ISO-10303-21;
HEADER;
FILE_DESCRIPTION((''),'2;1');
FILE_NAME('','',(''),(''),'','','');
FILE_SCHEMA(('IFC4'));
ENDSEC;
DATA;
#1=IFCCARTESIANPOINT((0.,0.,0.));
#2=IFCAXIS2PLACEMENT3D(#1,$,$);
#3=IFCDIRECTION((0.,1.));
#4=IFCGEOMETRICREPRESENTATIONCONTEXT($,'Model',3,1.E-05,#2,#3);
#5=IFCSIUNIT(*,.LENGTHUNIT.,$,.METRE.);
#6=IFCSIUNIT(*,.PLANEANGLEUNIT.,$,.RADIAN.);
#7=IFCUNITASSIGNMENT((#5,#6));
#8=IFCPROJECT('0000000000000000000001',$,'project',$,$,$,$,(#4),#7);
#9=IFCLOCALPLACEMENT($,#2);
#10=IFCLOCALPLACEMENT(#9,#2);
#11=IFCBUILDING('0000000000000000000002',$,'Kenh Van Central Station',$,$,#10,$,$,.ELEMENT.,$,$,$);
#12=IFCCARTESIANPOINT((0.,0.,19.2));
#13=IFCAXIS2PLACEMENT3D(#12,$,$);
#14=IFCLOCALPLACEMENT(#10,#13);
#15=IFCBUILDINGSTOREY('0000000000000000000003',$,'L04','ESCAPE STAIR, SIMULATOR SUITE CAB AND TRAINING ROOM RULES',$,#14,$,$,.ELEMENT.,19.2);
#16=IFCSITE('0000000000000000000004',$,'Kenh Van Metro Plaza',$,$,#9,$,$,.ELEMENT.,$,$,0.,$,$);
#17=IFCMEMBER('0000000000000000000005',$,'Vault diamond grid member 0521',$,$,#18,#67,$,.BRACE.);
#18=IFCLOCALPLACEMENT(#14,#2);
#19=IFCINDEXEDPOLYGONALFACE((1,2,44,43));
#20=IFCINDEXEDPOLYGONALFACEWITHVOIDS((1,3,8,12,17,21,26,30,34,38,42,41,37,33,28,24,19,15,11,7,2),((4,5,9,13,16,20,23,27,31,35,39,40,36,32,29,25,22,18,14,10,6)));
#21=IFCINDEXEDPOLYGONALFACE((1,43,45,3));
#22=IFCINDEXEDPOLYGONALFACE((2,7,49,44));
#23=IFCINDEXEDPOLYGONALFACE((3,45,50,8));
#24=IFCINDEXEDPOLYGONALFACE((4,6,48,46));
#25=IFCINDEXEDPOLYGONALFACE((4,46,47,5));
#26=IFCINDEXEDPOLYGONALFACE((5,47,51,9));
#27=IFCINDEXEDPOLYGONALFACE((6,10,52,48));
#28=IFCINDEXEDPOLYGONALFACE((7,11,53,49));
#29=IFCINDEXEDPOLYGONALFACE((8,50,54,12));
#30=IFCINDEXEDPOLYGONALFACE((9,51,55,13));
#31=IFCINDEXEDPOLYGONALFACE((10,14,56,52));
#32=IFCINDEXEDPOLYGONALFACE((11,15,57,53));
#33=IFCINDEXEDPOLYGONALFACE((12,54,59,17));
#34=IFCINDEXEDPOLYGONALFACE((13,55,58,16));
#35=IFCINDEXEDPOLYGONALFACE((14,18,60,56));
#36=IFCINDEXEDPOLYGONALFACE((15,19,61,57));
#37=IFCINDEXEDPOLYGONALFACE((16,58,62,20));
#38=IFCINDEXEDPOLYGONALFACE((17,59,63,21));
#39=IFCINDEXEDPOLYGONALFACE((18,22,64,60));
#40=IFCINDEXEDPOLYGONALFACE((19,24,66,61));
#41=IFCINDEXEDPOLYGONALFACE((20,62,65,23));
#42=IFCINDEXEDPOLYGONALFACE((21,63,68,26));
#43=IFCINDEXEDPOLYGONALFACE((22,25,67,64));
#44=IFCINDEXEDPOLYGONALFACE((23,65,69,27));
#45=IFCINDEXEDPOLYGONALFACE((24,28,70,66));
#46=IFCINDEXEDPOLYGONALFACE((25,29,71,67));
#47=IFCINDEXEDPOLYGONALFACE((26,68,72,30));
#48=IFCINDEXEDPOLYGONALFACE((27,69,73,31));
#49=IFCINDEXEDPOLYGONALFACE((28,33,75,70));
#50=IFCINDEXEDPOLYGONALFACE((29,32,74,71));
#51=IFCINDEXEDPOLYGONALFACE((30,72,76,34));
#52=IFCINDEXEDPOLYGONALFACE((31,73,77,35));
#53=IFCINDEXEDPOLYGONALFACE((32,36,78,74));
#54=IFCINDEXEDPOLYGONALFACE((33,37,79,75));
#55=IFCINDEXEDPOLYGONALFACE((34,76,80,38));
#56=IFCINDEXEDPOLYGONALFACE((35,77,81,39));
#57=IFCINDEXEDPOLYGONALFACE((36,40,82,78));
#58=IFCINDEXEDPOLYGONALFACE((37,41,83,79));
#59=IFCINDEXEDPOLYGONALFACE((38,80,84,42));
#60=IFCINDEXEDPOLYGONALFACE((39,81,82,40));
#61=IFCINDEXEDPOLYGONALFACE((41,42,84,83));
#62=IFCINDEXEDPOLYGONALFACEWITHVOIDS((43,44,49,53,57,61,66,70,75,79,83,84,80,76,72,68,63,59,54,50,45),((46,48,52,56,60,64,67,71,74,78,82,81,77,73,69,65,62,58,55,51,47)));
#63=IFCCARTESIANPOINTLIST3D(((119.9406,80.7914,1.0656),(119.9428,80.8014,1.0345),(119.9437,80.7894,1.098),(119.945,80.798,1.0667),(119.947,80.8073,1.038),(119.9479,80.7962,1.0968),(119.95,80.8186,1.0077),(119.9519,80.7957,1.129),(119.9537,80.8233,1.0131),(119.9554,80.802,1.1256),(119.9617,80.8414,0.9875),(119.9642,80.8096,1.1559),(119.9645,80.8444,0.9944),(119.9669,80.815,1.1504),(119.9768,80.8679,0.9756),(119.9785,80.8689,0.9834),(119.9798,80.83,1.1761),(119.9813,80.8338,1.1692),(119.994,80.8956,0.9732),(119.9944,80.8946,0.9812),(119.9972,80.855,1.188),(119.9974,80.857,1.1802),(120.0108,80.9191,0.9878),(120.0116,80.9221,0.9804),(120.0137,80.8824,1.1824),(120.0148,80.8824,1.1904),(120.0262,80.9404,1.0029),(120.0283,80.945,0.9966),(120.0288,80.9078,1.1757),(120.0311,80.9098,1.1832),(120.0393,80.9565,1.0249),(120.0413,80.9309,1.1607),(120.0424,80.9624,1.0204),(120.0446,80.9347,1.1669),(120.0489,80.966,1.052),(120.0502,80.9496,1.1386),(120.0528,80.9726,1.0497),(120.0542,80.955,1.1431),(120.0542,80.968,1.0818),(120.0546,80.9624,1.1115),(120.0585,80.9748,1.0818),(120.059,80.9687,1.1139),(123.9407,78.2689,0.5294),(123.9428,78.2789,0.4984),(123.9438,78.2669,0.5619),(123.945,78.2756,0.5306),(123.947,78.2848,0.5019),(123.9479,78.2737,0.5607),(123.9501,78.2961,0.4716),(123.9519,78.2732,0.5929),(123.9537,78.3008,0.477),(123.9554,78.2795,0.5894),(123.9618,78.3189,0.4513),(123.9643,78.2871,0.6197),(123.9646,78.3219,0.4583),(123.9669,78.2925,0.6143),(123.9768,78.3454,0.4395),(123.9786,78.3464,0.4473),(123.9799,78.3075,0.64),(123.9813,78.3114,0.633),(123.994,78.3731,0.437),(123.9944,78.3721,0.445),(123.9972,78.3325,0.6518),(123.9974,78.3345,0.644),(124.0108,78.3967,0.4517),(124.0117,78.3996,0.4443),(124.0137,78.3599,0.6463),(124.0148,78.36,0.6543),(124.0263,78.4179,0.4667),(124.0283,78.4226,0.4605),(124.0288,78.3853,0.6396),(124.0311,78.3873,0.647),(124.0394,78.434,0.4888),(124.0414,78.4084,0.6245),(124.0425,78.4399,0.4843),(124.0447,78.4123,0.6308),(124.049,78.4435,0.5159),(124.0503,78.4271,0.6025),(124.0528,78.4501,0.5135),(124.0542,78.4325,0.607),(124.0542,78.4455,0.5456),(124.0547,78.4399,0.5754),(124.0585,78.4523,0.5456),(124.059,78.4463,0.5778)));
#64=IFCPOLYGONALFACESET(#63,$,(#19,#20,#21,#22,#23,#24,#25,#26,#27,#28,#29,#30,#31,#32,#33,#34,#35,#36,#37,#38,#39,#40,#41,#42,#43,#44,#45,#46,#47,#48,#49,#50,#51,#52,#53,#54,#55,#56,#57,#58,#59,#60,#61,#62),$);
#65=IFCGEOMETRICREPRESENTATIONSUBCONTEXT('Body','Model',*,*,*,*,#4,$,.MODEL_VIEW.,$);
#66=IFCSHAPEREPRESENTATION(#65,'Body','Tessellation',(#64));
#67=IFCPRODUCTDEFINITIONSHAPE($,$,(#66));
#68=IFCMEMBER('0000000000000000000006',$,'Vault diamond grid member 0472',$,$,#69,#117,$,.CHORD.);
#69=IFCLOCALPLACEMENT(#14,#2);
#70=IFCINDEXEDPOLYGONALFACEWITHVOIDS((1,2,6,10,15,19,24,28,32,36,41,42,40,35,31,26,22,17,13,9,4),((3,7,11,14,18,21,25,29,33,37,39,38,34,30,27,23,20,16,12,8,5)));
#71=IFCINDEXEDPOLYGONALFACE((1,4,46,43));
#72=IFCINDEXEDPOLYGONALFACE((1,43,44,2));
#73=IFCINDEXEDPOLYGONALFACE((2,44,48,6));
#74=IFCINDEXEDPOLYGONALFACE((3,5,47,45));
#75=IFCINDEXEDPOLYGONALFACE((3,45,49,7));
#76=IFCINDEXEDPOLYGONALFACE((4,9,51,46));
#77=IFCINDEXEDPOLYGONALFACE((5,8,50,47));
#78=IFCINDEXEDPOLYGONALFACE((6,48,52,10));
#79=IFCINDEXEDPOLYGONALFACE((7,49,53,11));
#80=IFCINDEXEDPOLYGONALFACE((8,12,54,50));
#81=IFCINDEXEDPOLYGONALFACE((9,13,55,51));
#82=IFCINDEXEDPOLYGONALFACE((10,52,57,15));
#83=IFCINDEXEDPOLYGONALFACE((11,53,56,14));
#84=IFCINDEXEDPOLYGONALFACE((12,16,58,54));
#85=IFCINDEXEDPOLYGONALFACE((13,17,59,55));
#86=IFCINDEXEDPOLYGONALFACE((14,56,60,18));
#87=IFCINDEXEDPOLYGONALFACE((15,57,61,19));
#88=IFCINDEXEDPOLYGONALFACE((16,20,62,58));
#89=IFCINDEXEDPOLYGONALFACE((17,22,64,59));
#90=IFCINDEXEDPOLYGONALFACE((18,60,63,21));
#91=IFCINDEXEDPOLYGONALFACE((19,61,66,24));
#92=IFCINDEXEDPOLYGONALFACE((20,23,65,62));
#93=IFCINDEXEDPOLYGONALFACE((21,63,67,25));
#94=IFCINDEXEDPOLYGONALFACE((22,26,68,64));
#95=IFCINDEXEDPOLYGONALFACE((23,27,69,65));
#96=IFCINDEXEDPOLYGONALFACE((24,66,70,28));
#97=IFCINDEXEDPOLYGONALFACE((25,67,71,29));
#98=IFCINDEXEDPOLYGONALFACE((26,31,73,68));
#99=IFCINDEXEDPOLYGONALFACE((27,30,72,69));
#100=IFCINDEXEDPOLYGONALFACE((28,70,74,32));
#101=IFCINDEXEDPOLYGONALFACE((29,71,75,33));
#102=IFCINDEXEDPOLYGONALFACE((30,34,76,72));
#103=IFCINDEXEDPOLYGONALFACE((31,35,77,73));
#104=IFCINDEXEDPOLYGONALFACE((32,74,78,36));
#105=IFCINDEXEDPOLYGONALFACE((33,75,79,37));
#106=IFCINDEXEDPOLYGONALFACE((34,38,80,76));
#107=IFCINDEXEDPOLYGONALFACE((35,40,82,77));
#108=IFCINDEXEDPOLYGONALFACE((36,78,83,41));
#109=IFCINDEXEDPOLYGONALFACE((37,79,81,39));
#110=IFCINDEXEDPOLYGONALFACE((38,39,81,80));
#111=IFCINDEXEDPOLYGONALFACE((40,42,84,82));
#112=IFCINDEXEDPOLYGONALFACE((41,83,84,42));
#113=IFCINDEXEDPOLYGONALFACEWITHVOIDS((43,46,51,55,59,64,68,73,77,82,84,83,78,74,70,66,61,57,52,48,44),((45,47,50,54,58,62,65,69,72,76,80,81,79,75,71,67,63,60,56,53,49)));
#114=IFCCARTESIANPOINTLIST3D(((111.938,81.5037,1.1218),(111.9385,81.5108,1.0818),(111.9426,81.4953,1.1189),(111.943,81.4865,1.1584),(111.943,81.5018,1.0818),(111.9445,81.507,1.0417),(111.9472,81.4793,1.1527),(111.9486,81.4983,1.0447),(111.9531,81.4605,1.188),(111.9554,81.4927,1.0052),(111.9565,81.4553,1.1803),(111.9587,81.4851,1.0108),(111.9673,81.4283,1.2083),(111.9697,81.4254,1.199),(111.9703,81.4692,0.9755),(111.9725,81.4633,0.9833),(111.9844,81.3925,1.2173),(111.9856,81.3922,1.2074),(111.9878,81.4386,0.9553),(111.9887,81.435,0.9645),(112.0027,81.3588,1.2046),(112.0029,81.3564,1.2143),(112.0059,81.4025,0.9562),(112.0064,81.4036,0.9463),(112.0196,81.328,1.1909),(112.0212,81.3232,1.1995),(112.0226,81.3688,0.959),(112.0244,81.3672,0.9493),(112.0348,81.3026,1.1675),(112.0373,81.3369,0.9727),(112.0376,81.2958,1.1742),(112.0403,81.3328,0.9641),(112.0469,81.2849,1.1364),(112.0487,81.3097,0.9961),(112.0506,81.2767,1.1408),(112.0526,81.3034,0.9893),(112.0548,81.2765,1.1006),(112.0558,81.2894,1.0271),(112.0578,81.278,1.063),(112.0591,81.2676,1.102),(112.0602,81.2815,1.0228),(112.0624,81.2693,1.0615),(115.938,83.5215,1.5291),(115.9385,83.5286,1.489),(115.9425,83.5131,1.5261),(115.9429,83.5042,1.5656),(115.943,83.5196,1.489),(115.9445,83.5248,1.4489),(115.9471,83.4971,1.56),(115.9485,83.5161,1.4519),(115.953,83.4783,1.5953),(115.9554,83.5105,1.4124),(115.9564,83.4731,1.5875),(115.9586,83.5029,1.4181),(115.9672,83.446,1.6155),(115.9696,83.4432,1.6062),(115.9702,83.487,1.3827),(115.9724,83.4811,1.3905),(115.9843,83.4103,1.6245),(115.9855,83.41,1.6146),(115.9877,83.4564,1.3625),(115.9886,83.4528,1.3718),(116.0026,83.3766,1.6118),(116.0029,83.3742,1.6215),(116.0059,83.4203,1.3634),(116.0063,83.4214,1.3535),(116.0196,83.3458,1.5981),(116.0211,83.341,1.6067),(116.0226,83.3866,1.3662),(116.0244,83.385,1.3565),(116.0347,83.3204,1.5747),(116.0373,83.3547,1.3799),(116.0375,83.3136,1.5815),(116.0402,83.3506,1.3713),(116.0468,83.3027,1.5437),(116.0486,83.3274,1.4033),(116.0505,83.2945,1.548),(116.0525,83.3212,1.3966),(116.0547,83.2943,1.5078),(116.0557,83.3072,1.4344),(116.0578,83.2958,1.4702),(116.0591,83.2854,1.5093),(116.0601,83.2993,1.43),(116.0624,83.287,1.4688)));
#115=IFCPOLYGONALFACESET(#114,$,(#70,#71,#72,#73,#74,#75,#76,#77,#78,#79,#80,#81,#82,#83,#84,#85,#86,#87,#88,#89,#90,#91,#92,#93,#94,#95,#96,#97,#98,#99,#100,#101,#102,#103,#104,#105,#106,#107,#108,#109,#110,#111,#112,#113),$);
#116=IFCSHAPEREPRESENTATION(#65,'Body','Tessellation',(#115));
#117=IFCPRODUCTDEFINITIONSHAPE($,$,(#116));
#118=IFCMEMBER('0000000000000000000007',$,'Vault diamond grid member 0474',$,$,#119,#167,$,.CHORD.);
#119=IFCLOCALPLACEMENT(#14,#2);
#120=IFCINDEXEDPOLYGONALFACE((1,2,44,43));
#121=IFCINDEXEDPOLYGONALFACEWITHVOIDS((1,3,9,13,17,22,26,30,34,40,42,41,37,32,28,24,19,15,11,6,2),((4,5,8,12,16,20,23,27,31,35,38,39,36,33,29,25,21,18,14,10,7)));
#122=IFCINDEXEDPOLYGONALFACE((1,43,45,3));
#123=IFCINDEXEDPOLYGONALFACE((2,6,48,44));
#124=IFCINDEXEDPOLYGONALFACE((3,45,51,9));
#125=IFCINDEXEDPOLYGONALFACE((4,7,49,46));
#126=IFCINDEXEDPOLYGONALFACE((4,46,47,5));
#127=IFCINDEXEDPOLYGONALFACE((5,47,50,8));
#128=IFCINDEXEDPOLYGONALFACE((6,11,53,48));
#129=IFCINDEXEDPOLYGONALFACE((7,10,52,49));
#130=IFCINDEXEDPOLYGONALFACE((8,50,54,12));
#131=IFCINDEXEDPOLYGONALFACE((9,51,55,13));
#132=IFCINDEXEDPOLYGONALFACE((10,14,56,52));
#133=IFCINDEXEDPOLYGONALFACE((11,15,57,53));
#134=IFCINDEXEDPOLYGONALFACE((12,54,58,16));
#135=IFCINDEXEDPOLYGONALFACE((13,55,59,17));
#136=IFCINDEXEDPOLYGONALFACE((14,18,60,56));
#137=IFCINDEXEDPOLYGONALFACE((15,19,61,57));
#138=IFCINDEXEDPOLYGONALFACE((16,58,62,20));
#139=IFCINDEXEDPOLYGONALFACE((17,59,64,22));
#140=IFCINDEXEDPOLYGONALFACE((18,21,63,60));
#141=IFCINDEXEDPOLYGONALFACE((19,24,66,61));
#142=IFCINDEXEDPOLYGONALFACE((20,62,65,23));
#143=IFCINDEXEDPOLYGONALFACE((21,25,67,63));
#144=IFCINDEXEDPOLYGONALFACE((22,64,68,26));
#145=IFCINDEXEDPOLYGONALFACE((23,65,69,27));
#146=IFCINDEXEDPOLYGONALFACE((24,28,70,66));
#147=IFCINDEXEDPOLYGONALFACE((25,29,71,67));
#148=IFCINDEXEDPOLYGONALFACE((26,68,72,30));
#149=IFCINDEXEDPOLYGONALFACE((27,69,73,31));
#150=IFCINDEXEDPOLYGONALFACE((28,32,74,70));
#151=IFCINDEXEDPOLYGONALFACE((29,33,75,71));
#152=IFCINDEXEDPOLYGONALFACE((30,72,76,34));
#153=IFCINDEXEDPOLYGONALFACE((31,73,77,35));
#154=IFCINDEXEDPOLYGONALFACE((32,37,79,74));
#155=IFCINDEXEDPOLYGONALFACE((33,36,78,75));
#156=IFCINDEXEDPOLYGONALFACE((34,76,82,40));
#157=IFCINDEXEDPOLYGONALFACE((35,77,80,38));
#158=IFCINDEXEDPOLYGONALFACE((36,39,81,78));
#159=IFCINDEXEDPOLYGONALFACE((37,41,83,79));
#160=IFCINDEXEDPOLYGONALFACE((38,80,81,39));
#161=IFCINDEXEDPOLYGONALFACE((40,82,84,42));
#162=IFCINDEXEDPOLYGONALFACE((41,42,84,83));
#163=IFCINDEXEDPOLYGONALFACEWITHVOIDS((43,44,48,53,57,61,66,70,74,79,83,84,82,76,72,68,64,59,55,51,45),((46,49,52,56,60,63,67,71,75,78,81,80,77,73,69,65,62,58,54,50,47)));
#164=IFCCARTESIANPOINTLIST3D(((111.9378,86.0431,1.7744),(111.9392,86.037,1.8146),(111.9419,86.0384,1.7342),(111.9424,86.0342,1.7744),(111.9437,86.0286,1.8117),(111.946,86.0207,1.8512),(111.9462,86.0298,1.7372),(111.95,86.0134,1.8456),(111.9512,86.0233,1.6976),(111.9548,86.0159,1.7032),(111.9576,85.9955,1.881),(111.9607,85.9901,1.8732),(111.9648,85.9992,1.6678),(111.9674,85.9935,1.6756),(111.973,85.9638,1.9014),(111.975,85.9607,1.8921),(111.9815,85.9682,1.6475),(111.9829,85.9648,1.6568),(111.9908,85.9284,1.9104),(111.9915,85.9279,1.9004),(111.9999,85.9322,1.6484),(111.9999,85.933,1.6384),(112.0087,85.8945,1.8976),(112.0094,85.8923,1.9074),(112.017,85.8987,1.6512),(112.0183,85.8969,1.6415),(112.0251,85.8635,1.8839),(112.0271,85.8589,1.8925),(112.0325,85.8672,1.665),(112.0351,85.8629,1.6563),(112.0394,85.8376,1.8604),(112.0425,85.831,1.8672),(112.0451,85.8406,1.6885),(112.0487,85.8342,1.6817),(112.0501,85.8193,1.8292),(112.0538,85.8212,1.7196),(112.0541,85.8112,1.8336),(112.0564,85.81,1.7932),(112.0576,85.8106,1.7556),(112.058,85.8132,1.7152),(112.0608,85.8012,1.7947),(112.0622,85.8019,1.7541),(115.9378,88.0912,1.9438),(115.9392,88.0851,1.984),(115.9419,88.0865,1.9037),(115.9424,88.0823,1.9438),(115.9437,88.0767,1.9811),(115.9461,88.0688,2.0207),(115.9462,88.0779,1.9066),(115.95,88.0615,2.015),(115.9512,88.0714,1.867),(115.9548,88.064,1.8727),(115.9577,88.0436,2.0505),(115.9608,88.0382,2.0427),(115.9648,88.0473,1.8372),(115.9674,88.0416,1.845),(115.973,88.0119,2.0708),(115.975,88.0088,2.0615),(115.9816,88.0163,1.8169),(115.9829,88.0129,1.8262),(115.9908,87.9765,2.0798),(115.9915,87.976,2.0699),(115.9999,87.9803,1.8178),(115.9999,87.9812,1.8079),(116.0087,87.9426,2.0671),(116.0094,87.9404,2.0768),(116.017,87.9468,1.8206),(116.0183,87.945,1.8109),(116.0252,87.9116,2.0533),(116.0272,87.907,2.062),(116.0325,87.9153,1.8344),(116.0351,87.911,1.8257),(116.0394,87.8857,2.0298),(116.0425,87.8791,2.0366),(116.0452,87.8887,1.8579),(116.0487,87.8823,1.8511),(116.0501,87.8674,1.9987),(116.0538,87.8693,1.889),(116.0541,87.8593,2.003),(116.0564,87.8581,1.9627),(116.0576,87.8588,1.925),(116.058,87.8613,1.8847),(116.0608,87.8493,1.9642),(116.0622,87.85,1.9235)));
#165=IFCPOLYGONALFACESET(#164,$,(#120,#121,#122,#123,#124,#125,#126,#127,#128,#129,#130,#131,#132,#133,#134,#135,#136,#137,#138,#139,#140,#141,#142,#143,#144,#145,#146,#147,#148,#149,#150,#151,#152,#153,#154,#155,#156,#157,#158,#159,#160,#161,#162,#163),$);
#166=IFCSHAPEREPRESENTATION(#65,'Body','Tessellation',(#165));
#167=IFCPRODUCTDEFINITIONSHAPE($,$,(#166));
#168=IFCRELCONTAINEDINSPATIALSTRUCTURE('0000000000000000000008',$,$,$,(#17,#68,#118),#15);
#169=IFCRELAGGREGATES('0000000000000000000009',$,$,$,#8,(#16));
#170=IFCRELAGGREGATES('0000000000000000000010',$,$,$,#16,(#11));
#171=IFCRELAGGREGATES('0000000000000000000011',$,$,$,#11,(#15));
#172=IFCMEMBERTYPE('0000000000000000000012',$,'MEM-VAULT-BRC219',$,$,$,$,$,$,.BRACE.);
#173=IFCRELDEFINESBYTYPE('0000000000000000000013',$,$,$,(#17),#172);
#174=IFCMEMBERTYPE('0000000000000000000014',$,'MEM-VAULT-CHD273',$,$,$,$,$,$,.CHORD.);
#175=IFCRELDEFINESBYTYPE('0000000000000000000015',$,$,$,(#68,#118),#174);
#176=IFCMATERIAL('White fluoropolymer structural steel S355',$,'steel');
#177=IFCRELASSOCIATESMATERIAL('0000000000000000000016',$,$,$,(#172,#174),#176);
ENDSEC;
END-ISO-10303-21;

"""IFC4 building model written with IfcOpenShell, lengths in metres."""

from ifc_helpers import new_model, si_unit, direction, frame, origin, origin_2d, place, context, subcontext, project, spatial, hollow_circle, extrude, material, material_profile, profile_set, type_object, element, save


model = new_model("IFC4")

# Units and contexts
model_context = context("Model", 3, precision=1e-05, world=origin(), true_north=direction((0.0, 1.0)))
body_context = subcontext(model_context, "Body", "Model", "MODEL_VIEW")
ifc_project = project(units=[si_unit("LENGTHUNIT", "METRE"), si_unit("PLANEANGLEUNIT", "RADIAN")], contexts=[model_context])

# Site, building, storey
site_placement = place(None, origin())
site = spatial("IfcSite", under=ifc_project, at=site_placement, Name="Kenh Van Metro Plaza", CompositionType="ELEMENT", RefElevation=0.0)
building_placement = place(site_placement, origin())
building = spatial("IfcBuilding", under=site, at=building_placement, Name="Kenh Van Central Station", CompositionType="ELEMENT")
storey_placement = place(building_placement, frame((0.0, 0.0, 19.2)))
storey = spatial("IfcBuildingStorey", under=building, at=storey_placement, Name="L04", Description="ESCAPE STAIR, SIMULATOR SUITE CAB AND TRAINING ROOM RULES", CompositionType="ELEMENT", Elevation=19.2)

# Shared definitions
ifc_material_1 = material(Name="White fluoropolymer structural steel S355", Category="steel")

# Members
ifc_material_profile_1 = material_profile(ifc_material_1, hollow_circle(Radius=0.1096, WallThickness=0.0081, at=origin_2d()), Name="CHS 219.1x8")
ifc_profile_set_1 = profile_set([ifc_material_profile_1], Name="White fluoropolymer structural steel S355")
member_type_1 = type_object("IfcMemberType", Name="MEM-VAULT-BRC219", PredefinedType="BRACE", material=ifc_profile_set_1)
member_1_placement = place(storey_placement, frame((120.0, 80.8821, 1.0818), z_axis=(0.840473, -0.530015, -0.112651), x_axis=(0.53341, 0.845857, 0.0)))
element("IfcMember", 1, at=member_1_placement, inside=storey, type_object=member_type_1, Name="Vault diamond grid member 0521", PredefinedType="BRACE", context=body_context, shape_type="SweptSolid", body=[
    extrude(hollow_circle(Radius=0.1096, WallThickness=0.0081, at=origin_2d()), origin(), (0.0, 0.0, 1.0), 4.7593),
])
ifc_material_profile_2 = material_profile(ifc_material_1, hollow_circle(Radius=0.1365, WallThickness=0.01, at=origin_2d()), Name="CHS 273x10")
ifc_profile_set_2 = profile_set([ifc_material_profile_2], Name="White fluoropolymer structural steel S355")
member_type_2 = type_object("IfcMemberType", Name="MEM-VAULT-CHD273", PredefinedType="CHORD", material=ifc_profile_set_2)
member_2_placement = place(storey_placement, frame((112.0, 81.3889, 1.0818), z_axis=(0.889165, 0.448544, 0.090523), x_axis=(-0.450393, 0.89283, 0.0)))
element("IfcMember", 2, at=member_2_placement, inside=storey, type_object=member_type_2, Name="Vault diamond grid member 0472", PredefinedType="CHORD", context=body_context, shape_type="SweptSolid", body=[
    extrude(hollow_circle(Radius=0.1365, WallThickness=0.01, at=origin_2d()), origin(), (0.0, 0.0, 1.0), 4.4985),
])
member_3_placement = place(storey_placement, frame((112.0, 85.9216, 1.7744), z_axis=(0.889473, 0.455432, 0.037677), x_axis=(-0.455755, 0.890105, 0.0)))
element("IfcMember", 3, at=member_3_placement, inside=storey, type_object=member_type_2, Name="Vault diamond grid member 0474", PredefinedType="CHORD", context=body_context, shape_type="SweptSolid", body=[
    extrude(hollow_circle(Radius=0.1365, WallThickness=0.01, at=origin_2d()), origin(), (0.0, 0.0, 1.0), 4.4971),
])

save(model, "model.ifc")
